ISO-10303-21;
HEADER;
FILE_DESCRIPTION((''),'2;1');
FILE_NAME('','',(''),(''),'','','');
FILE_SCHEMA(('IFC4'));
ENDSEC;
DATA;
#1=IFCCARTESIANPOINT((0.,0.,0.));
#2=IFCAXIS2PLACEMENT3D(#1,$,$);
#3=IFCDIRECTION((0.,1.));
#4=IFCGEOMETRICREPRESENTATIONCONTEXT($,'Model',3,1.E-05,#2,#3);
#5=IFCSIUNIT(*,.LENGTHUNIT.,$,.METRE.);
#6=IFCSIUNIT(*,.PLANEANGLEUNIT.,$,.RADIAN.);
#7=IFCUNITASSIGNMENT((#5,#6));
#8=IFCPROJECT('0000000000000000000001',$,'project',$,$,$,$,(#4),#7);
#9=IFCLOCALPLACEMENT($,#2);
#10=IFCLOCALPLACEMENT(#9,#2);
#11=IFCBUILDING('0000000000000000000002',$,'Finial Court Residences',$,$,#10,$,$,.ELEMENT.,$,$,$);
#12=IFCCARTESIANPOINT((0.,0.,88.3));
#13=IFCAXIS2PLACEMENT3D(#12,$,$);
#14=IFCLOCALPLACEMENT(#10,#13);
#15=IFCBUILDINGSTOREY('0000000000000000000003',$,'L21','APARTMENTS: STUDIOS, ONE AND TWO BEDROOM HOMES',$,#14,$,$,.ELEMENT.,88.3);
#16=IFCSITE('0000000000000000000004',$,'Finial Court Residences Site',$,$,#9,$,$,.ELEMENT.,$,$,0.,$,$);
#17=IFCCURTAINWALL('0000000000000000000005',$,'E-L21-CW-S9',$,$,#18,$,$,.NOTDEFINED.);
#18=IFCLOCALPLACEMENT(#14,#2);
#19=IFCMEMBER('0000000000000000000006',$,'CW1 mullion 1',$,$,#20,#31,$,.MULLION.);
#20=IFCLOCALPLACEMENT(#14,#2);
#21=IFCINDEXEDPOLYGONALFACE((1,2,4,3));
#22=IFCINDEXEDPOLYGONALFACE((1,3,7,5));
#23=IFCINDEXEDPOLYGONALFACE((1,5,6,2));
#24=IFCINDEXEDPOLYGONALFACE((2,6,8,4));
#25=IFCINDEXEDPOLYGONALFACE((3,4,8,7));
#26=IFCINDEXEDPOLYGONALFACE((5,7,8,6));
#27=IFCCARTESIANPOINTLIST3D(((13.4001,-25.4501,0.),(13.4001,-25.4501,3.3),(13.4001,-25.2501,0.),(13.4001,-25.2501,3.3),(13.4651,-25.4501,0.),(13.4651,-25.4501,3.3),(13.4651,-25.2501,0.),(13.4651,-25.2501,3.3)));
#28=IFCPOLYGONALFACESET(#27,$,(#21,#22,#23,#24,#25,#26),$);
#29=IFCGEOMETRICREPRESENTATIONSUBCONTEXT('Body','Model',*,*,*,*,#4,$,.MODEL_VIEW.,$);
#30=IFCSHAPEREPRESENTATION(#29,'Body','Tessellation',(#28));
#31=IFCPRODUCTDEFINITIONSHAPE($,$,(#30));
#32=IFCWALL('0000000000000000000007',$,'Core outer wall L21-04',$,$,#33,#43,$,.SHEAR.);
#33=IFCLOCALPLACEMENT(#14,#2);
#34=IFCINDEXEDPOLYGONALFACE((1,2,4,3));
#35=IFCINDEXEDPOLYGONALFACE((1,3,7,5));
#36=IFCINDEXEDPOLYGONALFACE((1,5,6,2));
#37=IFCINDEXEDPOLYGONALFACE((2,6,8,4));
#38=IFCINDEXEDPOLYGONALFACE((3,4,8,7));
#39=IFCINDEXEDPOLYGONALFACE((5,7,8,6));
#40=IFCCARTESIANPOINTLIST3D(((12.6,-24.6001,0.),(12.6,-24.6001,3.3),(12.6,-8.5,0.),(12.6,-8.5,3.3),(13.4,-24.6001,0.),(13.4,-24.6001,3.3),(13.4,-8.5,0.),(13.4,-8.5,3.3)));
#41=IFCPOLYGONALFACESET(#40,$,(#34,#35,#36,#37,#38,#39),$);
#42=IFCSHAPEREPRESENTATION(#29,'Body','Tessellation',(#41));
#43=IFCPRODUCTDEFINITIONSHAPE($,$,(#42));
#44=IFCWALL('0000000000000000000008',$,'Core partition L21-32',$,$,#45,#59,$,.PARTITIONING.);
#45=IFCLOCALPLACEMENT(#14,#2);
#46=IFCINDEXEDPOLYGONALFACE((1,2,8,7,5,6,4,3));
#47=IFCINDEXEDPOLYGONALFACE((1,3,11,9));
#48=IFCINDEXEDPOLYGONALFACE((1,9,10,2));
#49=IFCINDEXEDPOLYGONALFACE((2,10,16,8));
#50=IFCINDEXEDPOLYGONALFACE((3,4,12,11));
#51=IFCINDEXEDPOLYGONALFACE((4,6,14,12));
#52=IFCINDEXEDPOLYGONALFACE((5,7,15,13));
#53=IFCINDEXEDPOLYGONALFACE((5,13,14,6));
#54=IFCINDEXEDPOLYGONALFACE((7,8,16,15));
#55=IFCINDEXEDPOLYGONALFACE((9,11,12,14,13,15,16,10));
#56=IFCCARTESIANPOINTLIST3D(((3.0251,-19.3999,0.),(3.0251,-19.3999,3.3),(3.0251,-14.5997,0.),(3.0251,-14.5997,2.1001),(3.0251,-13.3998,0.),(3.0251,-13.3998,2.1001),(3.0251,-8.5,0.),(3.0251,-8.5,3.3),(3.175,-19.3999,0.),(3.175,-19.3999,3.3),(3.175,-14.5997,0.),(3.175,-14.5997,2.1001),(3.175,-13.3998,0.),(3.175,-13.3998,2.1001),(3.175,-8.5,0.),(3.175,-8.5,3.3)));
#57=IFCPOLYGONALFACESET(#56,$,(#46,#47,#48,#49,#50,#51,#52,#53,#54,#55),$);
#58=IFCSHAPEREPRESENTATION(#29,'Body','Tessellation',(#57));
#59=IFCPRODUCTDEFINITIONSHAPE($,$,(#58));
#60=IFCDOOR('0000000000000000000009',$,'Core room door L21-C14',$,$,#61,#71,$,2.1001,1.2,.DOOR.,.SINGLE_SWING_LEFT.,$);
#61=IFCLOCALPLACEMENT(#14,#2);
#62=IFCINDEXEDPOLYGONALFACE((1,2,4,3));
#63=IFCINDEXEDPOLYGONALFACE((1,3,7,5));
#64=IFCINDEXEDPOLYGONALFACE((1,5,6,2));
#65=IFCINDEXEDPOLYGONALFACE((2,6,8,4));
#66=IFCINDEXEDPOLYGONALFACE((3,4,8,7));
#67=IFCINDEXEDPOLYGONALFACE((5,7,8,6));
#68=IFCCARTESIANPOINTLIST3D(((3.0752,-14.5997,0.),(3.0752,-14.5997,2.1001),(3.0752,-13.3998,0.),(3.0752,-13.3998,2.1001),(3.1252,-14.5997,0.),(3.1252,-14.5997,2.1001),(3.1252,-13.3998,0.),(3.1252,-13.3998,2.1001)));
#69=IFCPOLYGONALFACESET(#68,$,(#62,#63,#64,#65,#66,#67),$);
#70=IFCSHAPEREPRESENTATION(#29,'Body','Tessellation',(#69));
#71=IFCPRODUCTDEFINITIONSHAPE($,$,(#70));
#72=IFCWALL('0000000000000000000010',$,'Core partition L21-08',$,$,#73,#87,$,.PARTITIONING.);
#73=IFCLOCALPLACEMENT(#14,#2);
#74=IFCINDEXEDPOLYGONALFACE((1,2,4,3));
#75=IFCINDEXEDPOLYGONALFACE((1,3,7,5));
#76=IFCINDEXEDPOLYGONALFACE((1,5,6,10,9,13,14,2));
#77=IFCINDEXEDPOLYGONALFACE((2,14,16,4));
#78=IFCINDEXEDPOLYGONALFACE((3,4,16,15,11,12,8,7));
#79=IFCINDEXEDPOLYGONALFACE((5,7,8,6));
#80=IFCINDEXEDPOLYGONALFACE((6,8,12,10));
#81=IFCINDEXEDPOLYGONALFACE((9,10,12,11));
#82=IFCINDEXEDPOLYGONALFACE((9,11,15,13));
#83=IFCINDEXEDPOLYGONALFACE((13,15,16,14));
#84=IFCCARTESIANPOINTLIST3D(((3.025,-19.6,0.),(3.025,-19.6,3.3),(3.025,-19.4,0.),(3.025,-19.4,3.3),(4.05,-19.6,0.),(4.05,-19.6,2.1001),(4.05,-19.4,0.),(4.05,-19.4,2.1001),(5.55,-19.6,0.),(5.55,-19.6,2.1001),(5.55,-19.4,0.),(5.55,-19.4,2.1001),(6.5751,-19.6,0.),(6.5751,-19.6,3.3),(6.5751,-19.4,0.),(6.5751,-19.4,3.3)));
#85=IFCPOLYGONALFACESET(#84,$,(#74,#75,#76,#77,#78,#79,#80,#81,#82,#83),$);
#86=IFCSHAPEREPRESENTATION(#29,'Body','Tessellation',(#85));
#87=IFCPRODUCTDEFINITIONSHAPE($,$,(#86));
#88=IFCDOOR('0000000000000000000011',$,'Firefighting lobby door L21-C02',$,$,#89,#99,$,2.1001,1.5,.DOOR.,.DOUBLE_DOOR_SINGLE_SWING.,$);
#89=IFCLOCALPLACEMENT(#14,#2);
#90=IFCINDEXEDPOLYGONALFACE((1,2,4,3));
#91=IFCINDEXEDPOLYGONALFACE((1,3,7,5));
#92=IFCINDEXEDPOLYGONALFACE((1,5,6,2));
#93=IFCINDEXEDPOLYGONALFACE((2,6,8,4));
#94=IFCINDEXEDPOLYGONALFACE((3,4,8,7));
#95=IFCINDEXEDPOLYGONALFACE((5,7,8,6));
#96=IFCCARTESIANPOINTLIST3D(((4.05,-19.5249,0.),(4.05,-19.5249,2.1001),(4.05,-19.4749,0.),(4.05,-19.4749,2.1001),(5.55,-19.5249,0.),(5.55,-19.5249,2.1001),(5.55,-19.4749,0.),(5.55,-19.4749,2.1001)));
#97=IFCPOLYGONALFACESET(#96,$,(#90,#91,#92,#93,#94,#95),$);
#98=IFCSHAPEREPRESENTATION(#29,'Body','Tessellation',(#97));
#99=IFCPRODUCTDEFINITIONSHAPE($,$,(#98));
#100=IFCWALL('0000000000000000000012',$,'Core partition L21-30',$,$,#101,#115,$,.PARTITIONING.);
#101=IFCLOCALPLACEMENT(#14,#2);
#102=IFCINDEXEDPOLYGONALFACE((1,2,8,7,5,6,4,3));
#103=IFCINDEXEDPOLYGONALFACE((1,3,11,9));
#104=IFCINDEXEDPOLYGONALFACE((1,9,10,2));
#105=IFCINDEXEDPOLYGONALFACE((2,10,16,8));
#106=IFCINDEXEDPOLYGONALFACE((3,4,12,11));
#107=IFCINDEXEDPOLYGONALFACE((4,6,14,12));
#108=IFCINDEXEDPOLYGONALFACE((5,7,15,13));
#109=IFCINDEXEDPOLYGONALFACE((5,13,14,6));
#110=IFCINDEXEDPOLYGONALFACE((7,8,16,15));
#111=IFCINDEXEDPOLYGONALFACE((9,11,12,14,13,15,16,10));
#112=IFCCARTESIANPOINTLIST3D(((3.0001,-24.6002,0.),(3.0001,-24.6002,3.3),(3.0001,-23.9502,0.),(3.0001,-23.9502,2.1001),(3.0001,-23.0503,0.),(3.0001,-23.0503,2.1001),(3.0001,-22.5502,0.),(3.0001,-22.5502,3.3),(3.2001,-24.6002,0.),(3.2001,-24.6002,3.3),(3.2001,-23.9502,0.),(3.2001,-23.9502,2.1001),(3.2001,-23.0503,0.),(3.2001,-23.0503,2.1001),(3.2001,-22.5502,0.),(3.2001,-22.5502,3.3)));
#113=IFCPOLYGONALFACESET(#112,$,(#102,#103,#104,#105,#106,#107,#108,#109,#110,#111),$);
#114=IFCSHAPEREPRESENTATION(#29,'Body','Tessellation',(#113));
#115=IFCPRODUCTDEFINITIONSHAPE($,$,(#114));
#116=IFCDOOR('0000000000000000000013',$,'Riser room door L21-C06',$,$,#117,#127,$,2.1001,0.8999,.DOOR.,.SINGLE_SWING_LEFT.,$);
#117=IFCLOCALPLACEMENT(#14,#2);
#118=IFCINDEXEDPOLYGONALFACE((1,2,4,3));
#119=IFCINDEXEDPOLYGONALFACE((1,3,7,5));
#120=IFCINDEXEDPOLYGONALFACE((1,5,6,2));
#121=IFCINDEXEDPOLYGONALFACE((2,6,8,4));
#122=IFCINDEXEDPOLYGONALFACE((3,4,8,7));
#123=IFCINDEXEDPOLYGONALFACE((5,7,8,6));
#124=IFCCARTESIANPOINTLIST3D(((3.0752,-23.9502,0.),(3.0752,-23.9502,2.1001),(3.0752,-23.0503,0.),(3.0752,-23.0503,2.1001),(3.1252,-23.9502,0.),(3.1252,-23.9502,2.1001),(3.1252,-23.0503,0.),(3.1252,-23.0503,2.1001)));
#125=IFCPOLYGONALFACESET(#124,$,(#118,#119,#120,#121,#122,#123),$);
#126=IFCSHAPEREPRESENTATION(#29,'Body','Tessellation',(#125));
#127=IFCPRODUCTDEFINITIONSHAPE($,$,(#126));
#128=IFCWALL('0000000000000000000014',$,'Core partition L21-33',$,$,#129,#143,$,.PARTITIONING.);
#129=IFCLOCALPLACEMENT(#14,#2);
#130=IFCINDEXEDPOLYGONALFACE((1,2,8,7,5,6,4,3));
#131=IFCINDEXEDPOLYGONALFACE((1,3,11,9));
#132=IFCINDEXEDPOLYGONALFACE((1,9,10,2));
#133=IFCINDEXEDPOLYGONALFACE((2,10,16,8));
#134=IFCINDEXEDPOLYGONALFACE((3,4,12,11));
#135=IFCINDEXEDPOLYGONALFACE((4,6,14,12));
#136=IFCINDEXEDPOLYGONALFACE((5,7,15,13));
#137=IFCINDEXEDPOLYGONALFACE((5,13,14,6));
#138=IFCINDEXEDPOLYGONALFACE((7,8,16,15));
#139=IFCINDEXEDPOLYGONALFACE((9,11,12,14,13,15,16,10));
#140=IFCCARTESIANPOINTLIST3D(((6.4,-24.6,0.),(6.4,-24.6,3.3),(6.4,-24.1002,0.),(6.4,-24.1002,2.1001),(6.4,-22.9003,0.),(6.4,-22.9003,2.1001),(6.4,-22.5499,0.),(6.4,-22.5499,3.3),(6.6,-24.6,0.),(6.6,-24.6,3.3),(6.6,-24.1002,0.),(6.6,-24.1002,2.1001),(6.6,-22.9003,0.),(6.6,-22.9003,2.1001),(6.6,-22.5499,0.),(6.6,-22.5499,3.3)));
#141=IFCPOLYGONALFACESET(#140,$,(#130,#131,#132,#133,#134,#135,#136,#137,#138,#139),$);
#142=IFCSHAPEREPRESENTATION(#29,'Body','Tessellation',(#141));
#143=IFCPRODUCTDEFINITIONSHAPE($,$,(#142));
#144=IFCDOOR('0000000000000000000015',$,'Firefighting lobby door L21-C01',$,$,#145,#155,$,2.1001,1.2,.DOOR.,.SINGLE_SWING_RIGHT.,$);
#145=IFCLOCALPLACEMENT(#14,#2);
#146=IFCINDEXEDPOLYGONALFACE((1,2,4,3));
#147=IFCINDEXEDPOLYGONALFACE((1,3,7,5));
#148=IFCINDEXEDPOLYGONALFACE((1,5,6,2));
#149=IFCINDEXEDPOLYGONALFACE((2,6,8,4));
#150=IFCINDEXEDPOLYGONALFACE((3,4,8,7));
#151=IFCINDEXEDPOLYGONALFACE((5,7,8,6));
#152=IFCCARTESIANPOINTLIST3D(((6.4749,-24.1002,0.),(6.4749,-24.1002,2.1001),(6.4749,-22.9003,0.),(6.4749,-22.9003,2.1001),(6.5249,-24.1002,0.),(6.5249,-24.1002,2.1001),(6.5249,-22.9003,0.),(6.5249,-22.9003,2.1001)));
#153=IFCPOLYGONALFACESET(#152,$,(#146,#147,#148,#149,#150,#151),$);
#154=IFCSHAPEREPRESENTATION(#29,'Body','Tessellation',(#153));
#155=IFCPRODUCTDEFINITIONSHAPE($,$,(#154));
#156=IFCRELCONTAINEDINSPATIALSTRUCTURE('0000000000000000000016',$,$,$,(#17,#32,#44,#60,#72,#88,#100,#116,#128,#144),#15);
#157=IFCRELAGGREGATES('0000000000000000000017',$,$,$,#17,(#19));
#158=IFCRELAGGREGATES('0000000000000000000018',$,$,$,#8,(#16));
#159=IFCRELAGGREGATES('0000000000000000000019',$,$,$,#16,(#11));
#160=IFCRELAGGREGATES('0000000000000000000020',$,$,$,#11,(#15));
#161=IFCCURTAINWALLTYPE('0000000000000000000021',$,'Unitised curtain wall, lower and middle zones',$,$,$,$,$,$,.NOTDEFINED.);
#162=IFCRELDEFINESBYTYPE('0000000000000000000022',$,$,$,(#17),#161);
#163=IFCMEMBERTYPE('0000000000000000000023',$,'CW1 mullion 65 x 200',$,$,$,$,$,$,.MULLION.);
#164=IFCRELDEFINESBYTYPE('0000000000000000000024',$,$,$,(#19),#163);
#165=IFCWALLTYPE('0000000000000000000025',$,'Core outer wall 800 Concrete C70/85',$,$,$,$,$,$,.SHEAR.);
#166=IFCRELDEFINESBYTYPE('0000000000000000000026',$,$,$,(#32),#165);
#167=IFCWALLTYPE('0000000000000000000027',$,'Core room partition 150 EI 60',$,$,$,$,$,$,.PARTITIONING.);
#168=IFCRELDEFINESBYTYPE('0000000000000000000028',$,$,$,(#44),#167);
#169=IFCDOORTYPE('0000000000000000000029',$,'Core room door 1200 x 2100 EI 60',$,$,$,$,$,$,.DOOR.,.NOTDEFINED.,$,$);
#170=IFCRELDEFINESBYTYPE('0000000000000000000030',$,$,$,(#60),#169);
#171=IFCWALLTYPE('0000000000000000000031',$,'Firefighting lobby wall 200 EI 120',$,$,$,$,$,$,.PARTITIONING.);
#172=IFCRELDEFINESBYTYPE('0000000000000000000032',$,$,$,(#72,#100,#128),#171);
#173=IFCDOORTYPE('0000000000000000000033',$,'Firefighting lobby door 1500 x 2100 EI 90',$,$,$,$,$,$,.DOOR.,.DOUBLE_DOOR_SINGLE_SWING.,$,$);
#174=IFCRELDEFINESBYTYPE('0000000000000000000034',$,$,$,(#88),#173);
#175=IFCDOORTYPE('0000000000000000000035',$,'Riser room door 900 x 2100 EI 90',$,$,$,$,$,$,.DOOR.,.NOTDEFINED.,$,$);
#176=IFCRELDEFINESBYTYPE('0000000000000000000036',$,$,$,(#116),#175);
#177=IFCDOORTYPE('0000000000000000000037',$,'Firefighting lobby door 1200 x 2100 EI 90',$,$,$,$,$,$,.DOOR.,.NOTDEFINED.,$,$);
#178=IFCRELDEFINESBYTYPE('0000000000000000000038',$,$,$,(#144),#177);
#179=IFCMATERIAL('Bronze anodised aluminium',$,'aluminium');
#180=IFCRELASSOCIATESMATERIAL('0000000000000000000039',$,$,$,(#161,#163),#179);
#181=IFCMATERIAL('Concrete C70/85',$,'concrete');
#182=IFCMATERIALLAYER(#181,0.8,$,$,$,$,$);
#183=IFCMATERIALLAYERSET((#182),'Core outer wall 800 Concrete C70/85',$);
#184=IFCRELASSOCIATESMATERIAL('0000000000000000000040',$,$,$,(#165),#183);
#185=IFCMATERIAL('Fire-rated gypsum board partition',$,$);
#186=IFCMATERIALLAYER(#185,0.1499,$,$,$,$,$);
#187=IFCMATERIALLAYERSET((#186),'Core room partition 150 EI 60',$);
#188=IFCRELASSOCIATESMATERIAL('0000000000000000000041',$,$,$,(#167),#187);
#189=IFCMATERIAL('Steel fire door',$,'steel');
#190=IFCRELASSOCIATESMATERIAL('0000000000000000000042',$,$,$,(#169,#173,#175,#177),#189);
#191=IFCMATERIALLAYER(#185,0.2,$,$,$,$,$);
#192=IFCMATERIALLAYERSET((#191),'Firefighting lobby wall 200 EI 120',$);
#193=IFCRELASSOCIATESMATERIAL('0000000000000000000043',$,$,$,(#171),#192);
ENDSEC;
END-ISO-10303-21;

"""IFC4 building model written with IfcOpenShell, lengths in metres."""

from ifc_helpers import new_model, si_unit, direction, frame, frame_2d, origin, origin_2d, place, context, subcontext, project, spatial, rectangle, extrude, material, layer, layer_set, material_profile, profile_set, type_object, element, fill, aggregate, save


model = new_model("IFC4")

# Units and contexts
model_context = context("Model", 3, precision=1e-05, world=origin(), true_north=direction((0.0, 1.0)))
body_context = subcontext(model_context, "Body", "Model", "MODEL_VIEW")
ifc_project = project(units=[si_unit("LENGTHUNIT", "METRE"), si_unit("PLANEANGLEUNIT", "RADIAN")], contexts=[model_context])

# Site, building, storey
site_placement = place(None, origin())
site = spatial("IfcSite", under=ifc_project, at=site_placement, Name="Finial Court Residences Site", CompositionType="ELEMENT", RefElevation=0.0)
building_placement = place(site_placement, origin())
building = spatial("IfcBuilding", under=site, at=building_placement, Name="Finial Court Residences", CompositionType="ELEMENT")
storey_placement = place(building_placement, frame((0.0, 0.0, 88.3)))
storey = spatial("IfcBuildingStorey", under=building, at=storey_placement, Name="L21", Description="APARTMENTS: STUDIOS, ONE AND TWO BEDROOM HOMES", CompositionType="ELEMENT", Elevation=88.3)

# Curtain wall, member
ifc_material_1 = material(Name="Bronze anodised aluminium", Category="aluminium")
curtain_wall_type = type_object("IfcCurtainWallType", Name="Unitised curtain wall, lower and middle zones", PredefinedType="NOTDEFINED", material=ifc_material_1)
curtain_wall_placement = place(storey_placement, origin())
curtain_wall = element("IfcCurtainWall", 1, at=curtain_wall_placement, inside=storey, type_object=curtain_wall_type, Name="E-L21-CW-S9", PredefinedType="NOTDEFINED")
ifc_material_profile = material_profile(ifc_material_1, rectangle(XDim=0.2, YDim=0.0649, at=origin_2d()), Name="CW1 mullion 65 x 200")
ifc_profile_set = profile_set([ifc_material_profile], Name="Bronze anodised aluminium")
member_type = type_object("IfcMemberType", Name="CW1 mullion 65 x 200", PredefinedType="MULLION", material=ifc_profile_set)
member_placement = place(storey_placement, frame((13.4326, -25.3501, 0.0), z_axis=(0.0, 0.0, 1.0), x_axis=(0.0, 1.0, 0.0)))
member = element("IfcMember", 2, at=member_placement, type_object=member_type, Name="CW1 mullion 1", PredefinedType="MULLION", context=body_context, shape_type="SweptSolid", body=[
    extrude(rectangle(XDim=0.2, YDim=0.0649, at=origin_2d()), origin(), (0.0, 0.0, 1.0), 3.3),
])
aggregate(curtain_wall, [member])

# Wall
ifc_material_2 = material(Name="Concrete C70/85", Category="concrete")
ifc_layer_1 = layer(ifc_material_2, 0.8)
ifc_layer_set_1 = layer_set([ifc_layer_1], Name="Core outer wall 800 Concrete C70/85")
wall_type_1 = type_object("IfcWallType", Name="Core outer wall 800 Concrete C70/85", PredefinedType="SHEAR", material=ifc_layer_set_1)
wall_1_placement = place(storey_placement, frame((13.0, -24.6001, 0.0), z_axis=(0.0, 0.0, 1.0), x_axis=(0.0, 1.0, 0.0)))
element("IfcWall", 3, at=wall_1_placement, inside=storey, type_object=wall_type_1, Name="Core outer wall L21-04", PredefinedType="SHEAR", context=body_context, shape_type="SweptSolid", body=[
    extrude(rectangle(XDim=16.1001, YDim=0.8, at=frame_2d((8.05, 0.0))), origin(), (0.0, 0.0, 1.0), 3.3),
])

# Walls, openings, doors
ifc_material_3 = material(Name="Fire-rated gypsum board partition")
ifc_layer_2 = layer(ifc_material_3, 0.1499)
ifc_layer_set_2 = layer_set([ifc_layer_2], Name="Core room partition 150 EI 60")
wall_type_2 = type_object("IfcWallType", Name="Core room partition 150 EI 60", PredefinedType="PARTITIONING", material=ifc_layer_set_2)
wall_2_placement = place(storey_placement, frame((3.1001, -19.3999, 0.0), z_axis=(0.0, 0.0, 1.0), x_axis=(0.0, 1.0, 0.0)))
wall_2 = element("IfcWall", 4, at=wall_2_placement, inside=storey, type_object=wall_type_2, Name="Core partition L21-32", PredefinedType="PARTITIONING", context=body_context, shape_type="SweptSolid", body=[
    extrude(rectangle(XDim=10.8999, YDim=0.1499, at=frame_2d((5.45, 0.0))), origin(), (0.0, 0.0, 1.0), 3.3),
])
opening_1_placement = place(wall_2_placement, frame((4.8, 0.0, 0.0)))
opening_1 = element("IfcOpeningElement", 5, at=opening_1_placement, cuts=wall_2, PredefinedType="OPENING", context=body_context, shape_type="SweptSolid", body=[
    extrude(rectangle(XDim=1.2, YDim=2.1001, at=frame_2d((0.6001, 1.05))), frame((0.0, 0.085, 0.0), z_axis=(0.0, -1.0, 0.0), x_axis=(1.0, 0.0, 0.0)), (0.0, 0.0, 1.0), 0.1699),
])
ifc_material_4 = material(Name="Steel fire door", Category="steel")
door_type_1 = type_object("IfcDoorType", Name="Core room door 1200 x 2100 EI 60", OperationType="NOTDEFINED", PredefinedType="DOOR", material=ifc_material_4)
door_1_placement = place(opening_1_placement, origin())
door_1 = element("IfcDoor", 6, at=door_1_placement, inside=storey, type_object=door_type_1, Name="Core room door L21-C14", OperationType="SINGLE_SWING_LEFT", OverallHeight=2.1001, OverallWidth=1.2, PredefinedType="DOOR", context=body_context, shape_type="SweptSolid", body=[
    extrude(rectangle(XDim=1.2, YDim=2.1001, at=frame_2d((0.6001, 1.05))), frame((0.0, 0.0249, 0.0), z_axis=(0.0, -1.0, 0.0), x_axis=(1.0, 0.0, 0.0)), (0.0, 0.0, 1.0), 0.05),
])
fill(opening_1, door_1)
ifc_layer_3 = layer(ifc_material_3, 0.2)
ifc_layer_set_3 = layer_set([ifc_layer_3], Name="Firefighting lobby wall 200 EI 120")
wall_type_3 = type_object("IfcWallType", Name="Firefighting lobby wall 200 EI 120", PredefinedType="PARTITIONING", material=ifc_layer_set_3)
wall_3_placement = place(storey_placement, frame((6.575, -19.5, 0.0), z_axis=(0.0, 0.0, 1.0), x_axis=(-1.0, 0.0, 0.0)))
wall_3 = element("IfcWall", 7, at=wall_3_placement, inside=storey, type_object=wall_type_3, Name="Core partition L21-08", PredefinedType="PARTITIONING", context=body_context, shape_type="SweptSolid", body=[
    extrude(rectangle(XDim=3.55, YDim=0.2, at=frame_2d((1.7749, 0.0))), origin(), (0.0, 0.0, 1.0), 3.3),
])
opening_2_placement = place(wall_3_placement, frame((1.0249, 0.0, 0.0)))
opening_2 = element("IfcOpeningElement", 8, at=opening_2_placement, cuts=wall_3, PredefinedType="OPENING", context=body_context, shape_type="SweptSolid", body=[
    extrude(rectangle(XDim=1.5, YDim=2.1001, at=frame_2d((0.75, 1.05))), frame((0.0, 0.1099, 0.0), z_axis=(0.0, -1.0, 0.0), x_axis=(1.0, 0.0, 0.0)), (0.0, 0.0, 1.0), 0.22),
])
door_type_2 = type_object("IfcDoorType", Name="Firefighting lobby door 1500 x 2100 EI 90", OperationType="DOUBLE_DOOR_SINGLE_SWING", PredefinedType="DOOR", material=ifc_material_4)
door_2_placement = place(opening_2_placement, origin())
door_2 = element("IfcDoor", 9, at=door_2_placement, inside=storey, type_object=door_type_2, Name="Firefighting lobby door L21-C02", OperationType="DOUBLE_DOOR_SINGLE_SWING", OverallHeight=2.1001, OverallWidth=1.5, PredefinedType="DOOR", context=body_context, shape_type="SweptSolid", body=[
    extrude(rectangle(XDim=1.5, YDim=2.1001, at=frame_2d((0.75, 1.05))), frame((0.0, 0.0249, 0.0), z_axis=(0.0, -1.0, 0.0), x_axis=(1.0, 0.0, 0.0)), (0.0, 0.0, 1.0), 0.05),
])
fill(opening_2, door_2)
wall_4_placement = place(storey_placement, frame((3.1001, -24.6001, 0.0), z_axis=(0.0, 0.0, 1.0), x_axis=(0.0, 1.0, 0.0)))
wall_4 = element("IfcWall", 10, at=wall_4_placement, inside=storey, type_object=wall_type_3, Name="Core partition L21-30", PredefinedType="PARTITIONING", context=body_context, shape_type="SweptSolid", body=[
    extrude(rectangle(XDim=2.05, YDim=0.2, at=frame_2d((1.0249, 0.0))), origin(), (0.0, 0.0, 1.0), 3.3),
])
opening_3_placement = place(wall_4_placement, frame((0.6499, 0.0, 0.0)))
opening_3 = element("IfcOpeningElement", 11, at=opening_3_placement, cuts=wall_4, PredefinedType="OPENING", context=body_context, shape_type="SweptSolid", body=[
    extrude(rectangle(XDim=0.8999, YDim=2.1001, at=frame_2d((0.45, 1.05))), frame((0.0, 0.1099, 0.0), z_axis=(0.0, -1.0, 0.0), x_axis=(1.0, 0.0, 0.0)), (0.0, 0.0, 1.0), 0.22),
])
door_type_3 = type_object("IfcDoorType", Name="Riser room door 900 x 2100 EI 90", OperationType="NOTDEFINED", PredefinedType="DOOR", material=ifc_material_4)
door_3_placement = place(opening_3_placement, origin())
door_3 = element("IfcDoor", 12, at=door_3_placement, inside=storey, type_object=door_type_3, Name="Riser room door L21-C06", OperationType="SINGLE_SWING_LEFT", OverallHeight=2.1001, OverallWidth=0.8999, PredefinedType="DOOR", context=body_context, shape_type="SweptSolid", body=[
    extrude(rectangle(XDim=0.8999, YDim=2.1001, at=frame_2d((0.45, 1.05))), frame((0.0, 0.0249, 0.0), z_axis=(0.0, -1.0, 0.0), x_axis=(1.0, 0.0, 0.0)), (0.0, 0.0, 1.0), 0.05),
])
fill(opening_3, door_3)
wall_5_placement = place(storey_placement, frame((6.5, -22.55, 0.0), z_axis=(0.0, 0.0, 1.0), x_axis=(0.0, -1.0, 0.0)))
wall_5 = element("IfcWall", 13, at=wall_5_placement, inside=storey, type_object=wall_type_3, Name="Core partition L21-33", PredefinedType="PARTITIONING", context=body_context, shape_type="SweptSolid", body=[
    extrude(rectangle(XDim=2.05, YDim=0.2, at=frame_2d((1.0249, 0.0))), origin(), (0.0, 0.0, 1.0), 3.3),
])
opening_4_placement = place(wall_5_placement, frame((0.3501, 0.0, 0.0)))
opening_4 = element("IfcOpeningElement", 14, at=opening_4_placement, cuts=wall_5, PredefinedType="OPENING", context=body_context, shape_type="SweptSolid", body=[
    extrude(rectangle(XDim=1.2, YDim=2.1001, at=frame_2d((0.6001, 1.05))), frame((0.0, 0.1099, 0.0), z_axis=(0.0, -1.0, 0.0), x_axis=(1.0, 0.0, 0.0)), (0.0, 0.0, 1.0), 0.22),
])
door_type_4 = type_object("IfcDoorType", Name="Firefighting lobby door 1200 x 2100 EI 90", OperationType="NOTDEFINED", PredefinedType="DOOR", material=ifc_material_4)
door_4_placement = place(opening_4_placement, origin())
door_4 = element("IfcDoor", 15, at=door_4_placement, inside=storey, type_object=door_type_4, Name="Firefighting lobby door L21-C01", OperationType="SINGLE_SWING_RIGHT", OverallHeight=2.1001, OverallWidth=1.2, PredefinedType="DOOR", context=body_context, shape_type="SweptSolid", body=[
    extrude(rectangle(XDim=1.2, YDim=2.1001, at=frame_2d((0.6001, 1.05))), frame((0.0, 0.0249, 0.0), z_axis=(0.0, -1.0, 0.0), x_axis=(1.0, 0.0, 0.0)), (0.0, 0.0, 1.0), 0.05),
])
fill(opening_4, door_4)

save(model, "model.ifc")
